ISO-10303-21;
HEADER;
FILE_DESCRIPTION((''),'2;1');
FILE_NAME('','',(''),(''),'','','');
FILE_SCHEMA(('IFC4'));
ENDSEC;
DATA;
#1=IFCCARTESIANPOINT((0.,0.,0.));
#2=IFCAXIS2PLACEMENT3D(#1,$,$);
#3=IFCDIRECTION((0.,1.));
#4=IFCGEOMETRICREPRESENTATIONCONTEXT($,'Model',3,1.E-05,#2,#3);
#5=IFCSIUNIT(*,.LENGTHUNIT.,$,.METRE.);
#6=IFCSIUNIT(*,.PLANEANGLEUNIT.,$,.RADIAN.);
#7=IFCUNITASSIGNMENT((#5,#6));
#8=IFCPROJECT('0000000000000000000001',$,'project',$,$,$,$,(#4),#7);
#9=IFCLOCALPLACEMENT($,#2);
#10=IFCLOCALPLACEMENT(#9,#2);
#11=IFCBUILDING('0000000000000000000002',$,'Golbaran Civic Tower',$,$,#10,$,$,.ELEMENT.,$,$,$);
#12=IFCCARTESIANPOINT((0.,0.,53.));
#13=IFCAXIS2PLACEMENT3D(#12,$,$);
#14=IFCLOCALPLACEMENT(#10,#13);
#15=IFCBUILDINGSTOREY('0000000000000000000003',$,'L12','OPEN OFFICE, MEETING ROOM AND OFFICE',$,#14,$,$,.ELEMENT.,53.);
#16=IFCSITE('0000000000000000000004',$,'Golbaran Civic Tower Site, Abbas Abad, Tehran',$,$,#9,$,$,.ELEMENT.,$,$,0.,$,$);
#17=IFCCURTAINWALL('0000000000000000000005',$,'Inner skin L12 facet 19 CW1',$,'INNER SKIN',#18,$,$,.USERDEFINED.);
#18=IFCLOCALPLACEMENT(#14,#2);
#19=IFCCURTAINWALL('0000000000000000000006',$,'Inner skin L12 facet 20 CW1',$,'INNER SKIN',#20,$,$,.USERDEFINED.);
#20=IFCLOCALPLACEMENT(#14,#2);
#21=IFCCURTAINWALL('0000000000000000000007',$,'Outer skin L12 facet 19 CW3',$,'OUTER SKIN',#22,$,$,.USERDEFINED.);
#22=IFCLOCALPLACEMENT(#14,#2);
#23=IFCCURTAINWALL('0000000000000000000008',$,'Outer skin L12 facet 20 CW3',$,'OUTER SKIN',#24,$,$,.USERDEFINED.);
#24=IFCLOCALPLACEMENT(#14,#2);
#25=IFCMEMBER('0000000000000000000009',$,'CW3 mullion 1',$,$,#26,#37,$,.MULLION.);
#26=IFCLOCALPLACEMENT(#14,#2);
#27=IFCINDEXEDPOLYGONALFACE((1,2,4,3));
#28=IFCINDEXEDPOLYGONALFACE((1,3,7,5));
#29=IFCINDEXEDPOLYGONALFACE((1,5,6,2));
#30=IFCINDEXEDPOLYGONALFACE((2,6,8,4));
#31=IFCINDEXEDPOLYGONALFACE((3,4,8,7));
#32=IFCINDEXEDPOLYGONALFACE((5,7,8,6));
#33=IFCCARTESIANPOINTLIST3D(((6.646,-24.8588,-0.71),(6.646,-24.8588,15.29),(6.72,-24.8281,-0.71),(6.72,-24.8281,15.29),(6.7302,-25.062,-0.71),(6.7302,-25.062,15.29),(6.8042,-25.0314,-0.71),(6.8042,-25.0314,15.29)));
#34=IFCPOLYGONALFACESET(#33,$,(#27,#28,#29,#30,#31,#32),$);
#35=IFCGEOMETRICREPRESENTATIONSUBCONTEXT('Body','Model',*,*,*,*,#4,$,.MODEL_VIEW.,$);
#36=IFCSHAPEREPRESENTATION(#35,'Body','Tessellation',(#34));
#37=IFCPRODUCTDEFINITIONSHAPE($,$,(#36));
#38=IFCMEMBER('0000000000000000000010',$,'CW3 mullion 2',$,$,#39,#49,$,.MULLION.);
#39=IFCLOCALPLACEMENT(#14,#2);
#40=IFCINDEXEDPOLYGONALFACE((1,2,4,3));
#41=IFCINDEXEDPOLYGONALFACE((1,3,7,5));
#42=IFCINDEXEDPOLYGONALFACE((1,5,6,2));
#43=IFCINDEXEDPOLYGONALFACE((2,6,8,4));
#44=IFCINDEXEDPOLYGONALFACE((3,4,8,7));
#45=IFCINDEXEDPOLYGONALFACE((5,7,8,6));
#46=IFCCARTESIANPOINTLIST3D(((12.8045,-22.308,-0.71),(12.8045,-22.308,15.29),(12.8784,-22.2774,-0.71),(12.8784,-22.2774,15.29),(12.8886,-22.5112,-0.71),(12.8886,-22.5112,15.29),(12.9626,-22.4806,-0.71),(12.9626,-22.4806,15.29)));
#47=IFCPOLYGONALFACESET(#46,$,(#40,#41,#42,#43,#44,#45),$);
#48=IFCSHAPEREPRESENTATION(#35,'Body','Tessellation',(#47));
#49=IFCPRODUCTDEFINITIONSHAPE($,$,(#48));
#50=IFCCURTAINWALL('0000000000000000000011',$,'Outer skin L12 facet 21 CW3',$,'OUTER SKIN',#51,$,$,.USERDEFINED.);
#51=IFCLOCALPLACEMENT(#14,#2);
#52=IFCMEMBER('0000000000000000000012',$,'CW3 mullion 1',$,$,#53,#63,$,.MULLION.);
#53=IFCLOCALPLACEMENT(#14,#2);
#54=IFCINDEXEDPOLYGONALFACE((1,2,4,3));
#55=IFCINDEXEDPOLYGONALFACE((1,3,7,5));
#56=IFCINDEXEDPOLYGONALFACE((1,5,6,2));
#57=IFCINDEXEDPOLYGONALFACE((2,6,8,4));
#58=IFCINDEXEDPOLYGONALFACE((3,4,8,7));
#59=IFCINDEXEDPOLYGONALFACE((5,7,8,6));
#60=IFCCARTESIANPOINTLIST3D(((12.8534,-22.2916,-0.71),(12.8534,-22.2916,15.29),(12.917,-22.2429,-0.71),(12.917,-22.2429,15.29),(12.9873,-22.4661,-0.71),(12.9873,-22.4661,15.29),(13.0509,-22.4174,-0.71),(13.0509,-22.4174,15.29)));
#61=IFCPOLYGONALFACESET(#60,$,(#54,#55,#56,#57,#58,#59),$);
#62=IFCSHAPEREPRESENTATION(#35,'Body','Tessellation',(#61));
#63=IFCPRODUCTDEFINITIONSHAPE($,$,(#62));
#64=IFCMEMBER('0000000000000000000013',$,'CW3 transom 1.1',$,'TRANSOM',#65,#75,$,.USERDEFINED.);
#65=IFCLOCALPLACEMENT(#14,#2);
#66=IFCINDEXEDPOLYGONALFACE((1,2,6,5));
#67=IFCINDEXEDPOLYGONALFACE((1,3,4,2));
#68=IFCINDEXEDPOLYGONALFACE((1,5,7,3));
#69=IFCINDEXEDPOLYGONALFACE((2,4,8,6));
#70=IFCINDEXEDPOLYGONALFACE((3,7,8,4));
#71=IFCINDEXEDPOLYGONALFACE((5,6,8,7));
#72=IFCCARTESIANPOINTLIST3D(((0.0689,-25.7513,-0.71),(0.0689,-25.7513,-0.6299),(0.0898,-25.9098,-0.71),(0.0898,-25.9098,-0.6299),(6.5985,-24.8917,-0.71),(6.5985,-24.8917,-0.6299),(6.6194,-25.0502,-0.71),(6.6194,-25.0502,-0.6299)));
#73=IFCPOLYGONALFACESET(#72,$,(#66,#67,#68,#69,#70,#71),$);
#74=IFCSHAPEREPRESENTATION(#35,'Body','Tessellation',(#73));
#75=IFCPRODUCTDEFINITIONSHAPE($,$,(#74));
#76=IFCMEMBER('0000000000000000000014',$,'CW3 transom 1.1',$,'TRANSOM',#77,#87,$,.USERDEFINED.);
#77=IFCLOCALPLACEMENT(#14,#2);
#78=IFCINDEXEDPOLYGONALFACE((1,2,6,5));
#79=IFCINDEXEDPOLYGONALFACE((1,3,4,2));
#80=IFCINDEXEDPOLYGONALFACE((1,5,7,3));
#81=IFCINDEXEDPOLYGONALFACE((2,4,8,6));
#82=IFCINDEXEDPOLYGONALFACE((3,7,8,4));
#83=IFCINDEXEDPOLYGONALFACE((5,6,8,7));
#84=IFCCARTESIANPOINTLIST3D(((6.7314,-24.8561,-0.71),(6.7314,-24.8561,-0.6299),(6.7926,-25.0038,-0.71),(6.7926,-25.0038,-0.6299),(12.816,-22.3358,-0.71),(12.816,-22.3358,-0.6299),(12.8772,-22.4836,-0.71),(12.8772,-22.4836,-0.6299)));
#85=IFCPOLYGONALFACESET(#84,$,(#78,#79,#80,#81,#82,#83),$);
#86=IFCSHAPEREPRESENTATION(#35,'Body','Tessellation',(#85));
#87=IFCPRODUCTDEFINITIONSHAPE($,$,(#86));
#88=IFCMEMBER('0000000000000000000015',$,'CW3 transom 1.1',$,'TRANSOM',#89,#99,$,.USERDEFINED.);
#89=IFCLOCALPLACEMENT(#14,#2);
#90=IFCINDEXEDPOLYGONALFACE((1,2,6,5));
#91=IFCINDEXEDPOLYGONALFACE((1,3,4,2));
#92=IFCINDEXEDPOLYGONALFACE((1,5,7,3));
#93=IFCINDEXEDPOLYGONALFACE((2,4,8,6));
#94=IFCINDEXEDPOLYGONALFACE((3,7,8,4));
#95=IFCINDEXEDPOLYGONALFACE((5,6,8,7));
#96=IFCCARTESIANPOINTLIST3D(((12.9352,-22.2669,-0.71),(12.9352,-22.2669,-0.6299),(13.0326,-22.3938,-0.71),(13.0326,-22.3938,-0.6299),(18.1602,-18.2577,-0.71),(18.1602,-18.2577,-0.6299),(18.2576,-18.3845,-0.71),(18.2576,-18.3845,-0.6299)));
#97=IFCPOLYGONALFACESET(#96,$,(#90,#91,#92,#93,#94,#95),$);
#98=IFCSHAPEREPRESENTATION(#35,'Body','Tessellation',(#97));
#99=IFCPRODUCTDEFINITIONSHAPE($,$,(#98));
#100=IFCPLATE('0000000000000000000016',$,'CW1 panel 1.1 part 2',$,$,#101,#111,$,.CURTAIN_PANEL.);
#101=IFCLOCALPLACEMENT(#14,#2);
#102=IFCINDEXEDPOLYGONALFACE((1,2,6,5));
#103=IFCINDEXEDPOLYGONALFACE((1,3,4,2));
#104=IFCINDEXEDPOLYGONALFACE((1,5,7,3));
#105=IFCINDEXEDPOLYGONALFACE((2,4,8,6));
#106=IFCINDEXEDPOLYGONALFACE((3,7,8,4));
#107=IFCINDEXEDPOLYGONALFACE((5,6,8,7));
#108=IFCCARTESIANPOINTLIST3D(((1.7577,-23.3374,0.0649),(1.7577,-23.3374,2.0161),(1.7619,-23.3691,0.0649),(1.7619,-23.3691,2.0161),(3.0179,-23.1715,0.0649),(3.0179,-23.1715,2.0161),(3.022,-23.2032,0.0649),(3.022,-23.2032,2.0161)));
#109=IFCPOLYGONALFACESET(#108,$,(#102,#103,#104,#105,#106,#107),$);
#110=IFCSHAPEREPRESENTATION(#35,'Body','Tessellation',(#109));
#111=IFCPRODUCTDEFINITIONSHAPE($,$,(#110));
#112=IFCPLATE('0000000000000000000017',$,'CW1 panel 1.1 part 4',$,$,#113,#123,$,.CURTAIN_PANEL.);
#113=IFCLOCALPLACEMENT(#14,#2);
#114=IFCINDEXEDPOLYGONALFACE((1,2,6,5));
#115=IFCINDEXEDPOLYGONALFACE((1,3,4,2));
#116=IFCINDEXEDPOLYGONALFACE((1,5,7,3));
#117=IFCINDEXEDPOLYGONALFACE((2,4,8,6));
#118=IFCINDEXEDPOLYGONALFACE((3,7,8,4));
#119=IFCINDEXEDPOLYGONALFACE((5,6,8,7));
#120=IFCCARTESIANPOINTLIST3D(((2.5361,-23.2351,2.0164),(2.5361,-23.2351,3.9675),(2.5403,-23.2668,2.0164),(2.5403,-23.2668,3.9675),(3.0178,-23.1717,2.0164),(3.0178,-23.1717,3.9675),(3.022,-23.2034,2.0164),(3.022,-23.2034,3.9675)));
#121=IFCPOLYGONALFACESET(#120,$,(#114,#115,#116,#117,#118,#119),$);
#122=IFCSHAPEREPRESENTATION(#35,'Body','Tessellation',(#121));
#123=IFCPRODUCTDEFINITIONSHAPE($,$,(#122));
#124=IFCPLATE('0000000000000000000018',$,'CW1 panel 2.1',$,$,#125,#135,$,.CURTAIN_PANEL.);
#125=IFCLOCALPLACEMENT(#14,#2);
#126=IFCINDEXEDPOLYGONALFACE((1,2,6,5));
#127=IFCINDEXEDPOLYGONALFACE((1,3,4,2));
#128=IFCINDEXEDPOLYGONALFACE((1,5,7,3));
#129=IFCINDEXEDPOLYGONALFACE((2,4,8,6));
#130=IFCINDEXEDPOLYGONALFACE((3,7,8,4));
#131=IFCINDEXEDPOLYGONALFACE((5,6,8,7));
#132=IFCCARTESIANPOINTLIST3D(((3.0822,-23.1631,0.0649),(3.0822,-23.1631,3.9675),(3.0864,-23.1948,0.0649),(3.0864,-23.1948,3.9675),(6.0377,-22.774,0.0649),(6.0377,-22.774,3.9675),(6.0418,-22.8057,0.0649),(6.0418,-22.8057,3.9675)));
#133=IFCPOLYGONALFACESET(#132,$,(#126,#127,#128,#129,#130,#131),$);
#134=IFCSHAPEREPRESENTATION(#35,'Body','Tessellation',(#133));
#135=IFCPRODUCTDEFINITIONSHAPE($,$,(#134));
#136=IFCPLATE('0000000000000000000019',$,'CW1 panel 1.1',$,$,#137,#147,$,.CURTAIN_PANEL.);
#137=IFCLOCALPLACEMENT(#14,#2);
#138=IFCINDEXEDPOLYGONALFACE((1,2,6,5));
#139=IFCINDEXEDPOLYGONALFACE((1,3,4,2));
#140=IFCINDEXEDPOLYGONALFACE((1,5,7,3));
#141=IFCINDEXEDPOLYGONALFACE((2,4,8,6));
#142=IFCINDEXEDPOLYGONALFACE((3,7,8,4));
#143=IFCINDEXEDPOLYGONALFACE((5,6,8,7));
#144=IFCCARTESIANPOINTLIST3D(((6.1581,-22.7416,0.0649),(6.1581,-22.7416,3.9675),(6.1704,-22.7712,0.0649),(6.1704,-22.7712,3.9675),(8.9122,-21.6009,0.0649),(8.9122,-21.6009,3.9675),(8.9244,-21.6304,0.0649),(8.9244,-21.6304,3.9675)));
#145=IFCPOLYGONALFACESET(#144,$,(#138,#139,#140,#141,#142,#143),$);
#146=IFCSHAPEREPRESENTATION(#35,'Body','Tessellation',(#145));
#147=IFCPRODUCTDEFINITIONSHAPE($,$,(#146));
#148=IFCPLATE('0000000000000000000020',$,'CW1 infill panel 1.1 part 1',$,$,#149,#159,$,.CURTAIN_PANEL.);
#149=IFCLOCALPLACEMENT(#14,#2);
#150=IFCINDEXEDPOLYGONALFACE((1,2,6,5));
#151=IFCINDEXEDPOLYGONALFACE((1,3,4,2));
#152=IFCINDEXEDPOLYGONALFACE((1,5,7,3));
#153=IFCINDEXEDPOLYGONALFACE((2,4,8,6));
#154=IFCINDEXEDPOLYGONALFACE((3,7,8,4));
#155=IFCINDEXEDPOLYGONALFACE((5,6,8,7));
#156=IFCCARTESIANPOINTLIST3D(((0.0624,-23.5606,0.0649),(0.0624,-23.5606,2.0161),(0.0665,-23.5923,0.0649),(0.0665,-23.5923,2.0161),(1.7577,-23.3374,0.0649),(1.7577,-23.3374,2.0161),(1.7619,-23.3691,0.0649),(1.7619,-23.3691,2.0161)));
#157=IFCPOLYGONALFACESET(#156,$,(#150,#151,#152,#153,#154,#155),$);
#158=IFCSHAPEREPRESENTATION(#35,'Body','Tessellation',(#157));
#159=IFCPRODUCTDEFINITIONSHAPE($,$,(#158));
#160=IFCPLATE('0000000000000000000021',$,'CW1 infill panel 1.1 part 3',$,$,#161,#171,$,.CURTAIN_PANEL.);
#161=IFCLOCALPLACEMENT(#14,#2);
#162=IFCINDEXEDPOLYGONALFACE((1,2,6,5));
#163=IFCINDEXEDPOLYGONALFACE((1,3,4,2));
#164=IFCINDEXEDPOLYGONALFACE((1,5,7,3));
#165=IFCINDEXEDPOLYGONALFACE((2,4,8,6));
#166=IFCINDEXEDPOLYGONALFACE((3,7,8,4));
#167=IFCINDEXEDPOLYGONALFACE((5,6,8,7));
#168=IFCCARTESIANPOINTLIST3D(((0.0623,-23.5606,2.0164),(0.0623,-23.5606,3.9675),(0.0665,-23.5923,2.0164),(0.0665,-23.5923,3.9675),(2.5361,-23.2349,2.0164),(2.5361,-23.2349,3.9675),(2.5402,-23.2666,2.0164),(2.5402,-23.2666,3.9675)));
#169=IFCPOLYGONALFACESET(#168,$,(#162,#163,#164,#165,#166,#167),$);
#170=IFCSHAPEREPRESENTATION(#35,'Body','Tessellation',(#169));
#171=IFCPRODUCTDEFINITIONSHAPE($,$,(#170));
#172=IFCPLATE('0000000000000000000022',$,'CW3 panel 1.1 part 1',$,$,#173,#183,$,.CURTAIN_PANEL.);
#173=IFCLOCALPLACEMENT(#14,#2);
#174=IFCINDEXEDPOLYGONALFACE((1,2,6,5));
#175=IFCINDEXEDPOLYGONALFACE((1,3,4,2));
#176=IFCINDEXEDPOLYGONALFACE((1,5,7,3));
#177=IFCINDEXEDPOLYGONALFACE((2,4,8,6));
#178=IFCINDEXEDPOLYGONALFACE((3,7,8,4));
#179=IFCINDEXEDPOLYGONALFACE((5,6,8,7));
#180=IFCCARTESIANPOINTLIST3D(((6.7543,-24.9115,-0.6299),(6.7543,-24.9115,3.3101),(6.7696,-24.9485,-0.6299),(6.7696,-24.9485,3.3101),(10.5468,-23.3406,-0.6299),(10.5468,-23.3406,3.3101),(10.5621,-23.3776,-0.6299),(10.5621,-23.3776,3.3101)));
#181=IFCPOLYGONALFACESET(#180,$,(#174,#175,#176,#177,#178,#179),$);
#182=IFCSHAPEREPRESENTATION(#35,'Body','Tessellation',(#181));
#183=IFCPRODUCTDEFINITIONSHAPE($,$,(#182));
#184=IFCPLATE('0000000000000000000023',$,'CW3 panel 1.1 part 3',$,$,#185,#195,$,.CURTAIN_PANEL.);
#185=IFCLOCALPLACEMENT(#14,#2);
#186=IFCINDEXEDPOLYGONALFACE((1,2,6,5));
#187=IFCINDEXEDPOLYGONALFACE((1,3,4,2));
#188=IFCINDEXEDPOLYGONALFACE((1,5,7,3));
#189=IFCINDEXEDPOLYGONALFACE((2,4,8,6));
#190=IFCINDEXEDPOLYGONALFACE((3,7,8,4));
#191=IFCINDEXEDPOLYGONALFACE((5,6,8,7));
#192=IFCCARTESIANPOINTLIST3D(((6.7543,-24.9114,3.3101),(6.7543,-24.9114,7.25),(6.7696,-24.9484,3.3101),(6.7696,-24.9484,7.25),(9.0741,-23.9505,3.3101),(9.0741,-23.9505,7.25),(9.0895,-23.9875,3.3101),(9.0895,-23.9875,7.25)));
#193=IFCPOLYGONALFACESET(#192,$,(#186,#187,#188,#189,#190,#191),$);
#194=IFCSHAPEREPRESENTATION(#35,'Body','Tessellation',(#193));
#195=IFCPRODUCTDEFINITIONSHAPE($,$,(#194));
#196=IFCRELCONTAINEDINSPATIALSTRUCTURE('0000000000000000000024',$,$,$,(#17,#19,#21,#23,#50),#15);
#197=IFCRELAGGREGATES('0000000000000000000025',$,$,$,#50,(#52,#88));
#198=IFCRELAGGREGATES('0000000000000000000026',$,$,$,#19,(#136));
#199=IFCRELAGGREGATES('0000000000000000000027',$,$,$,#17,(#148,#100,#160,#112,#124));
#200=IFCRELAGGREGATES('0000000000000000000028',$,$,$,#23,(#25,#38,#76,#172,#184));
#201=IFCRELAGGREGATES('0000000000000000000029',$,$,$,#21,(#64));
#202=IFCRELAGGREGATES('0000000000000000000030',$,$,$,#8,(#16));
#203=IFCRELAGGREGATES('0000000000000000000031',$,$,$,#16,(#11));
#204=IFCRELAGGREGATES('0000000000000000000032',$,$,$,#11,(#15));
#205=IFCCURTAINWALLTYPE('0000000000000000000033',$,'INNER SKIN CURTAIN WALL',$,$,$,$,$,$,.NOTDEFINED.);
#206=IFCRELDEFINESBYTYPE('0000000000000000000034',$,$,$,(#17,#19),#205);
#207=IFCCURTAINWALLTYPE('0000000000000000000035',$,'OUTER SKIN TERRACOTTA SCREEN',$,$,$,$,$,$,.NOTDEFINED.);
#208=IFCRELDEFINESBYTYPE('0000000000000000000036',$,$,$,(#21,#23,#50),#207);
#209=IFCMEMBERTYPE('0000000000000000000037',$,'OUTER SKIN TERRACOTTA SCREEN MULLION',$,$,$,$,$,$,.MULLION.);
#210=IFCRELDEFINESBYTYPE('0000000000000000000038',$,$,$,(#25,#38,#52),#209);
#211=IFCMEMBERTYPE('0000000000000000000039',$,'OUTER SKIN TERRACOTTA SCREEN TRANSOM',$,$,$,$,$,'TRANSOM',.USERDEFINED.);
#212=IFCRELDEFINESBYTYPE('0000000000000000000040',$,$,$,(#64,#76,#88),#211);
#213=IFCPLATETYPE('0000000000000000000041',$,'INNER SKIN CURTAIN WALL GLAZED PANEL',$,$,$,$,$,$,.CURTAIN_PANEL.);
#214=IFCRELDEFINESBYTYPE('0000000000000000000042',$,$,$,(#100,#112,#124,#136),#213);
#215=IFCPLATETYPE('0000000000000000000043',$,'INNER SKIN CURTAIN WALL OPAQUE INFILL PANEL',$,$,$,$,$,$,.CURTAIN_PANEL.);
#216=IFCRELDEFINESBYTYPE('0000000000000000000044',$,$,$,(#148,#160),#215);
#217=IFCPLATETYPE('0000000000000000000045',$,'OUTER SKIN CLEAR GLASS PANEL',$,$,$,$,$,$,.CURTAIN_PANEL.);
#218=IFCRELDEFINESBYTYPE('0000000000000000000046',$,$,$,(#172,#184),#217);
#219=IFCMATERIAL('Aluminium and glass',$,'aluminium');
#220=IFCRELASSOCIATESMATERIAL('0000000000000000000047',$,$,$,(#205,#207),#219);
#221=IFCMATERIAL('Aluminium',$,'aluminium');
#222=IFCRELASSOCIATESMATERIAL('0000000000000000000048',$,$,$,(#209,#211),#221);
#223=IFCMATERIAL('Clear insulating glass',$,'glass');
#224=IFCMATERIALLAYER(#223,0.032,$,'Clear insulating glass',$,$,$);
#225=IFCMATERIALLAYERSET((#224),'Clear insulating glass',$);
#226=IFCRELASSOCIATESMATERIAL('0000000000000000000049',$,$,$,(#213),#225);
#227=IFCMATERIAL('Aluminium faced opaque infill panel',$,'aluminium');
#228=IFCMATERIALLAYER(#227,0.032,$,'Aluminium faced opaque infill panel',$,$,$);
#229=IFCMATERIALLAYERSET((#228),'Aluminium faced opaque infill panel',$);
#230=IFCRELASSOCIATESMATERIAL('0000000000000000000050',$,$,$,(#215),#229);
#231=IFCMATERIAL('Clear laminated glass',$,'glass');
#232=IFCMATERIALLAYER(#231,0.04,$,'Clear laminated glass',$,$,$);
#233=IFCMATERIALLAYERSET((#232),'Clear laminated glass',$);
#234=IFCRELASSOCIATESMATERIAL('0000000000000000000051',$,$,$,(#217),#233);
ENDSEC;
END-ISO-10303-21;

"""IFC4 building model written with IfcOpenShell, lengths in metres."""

from ifc_helpers import new_model, si_unit, direction, frame, origin, origin_2d, place, context, subcontext, project, spatial, rectangle, extrude, material, layer, layer_set, material_profile, profile_set, type_object, element, aggregate, save


model = new_model("IFC4")

# Units and contexts
model_context = context("Model", 3, precision=1e-05, world=origin(), true_north=direction((0.0, 1.0)))
body_context = subcontext(model_context, "Body", "Model", "MODEL_VIEW")
ifc_project = project(units=[si_unit("LENGTHUNIT", "METRE"), si_unit("PLANEANGLEUNIT", "RADIAN")], contexts=[model_context])

# Site, building, storey
site_placement = place(None, origin())
site = spatial("IfcSite", under=ifc_project, at=site_placement, Name="Golbaran Civic Tower Site, Abbas Abad, Tehran", CompositionType="ELEMENT", RefElevation=0.0)
building_placement = place(site_placement, origin())
building = spatial("IfcBuilding", under=site, at=building_placement, Name="Golbaran Civic Tower", CompositionType="ELEMENT")
storey_placement = place(building_placement, frame((0.0, 0.0, 53.0)))
storey = spatial("IfcBuildingStorey", under=building, at=storey_placement, Name="L12", Description="OPEN OFFICE, MEETING ROOM AND OFFICE", CompositionType="ELEMENT", Elevation=53.0)

# Curtain wall
ifc_material_1 = material(Name="Aluminium and glass", Category="aluminium")
curtain_wall_type_1 = type_object("IfcCurtainWallType", Name="INNER SKIN CURTAIN WALL", PredefinedType="NOTDEFINED", material=ifc_material_1)
curtain_wall_1_placement = place(storey_placement, origin())
curtain_wall_1 = element("IfcCurtainWall", 1, at=curtain_wall_1_placement, inside=storey, type_object=curtain_wall_type_1, Name="Inner skin L12 facet 19 CW1", ObjectType="INNER SKIN", PredefinedType="USERDEFINED")
ifc_material_2 = material(Name="Aluminium", Category="aluminium")

# Curtain wall
curtain_wall_2_placement = place(storey_placement, origin())
curtain_wall_2 = element("IfcCurtainWall", 2, at=curtain_wall_2_placement, inside=storey, type_object=curtain_wall_type_1, Name="Inner skin L12 facet 20 CW1", ObjectType="INNER SKIN", PredefinedType="USERDEFINED")

# Curtain walls, members
curtain_wall_type_2 = type_object("IfcCurtainWallType", Name="OUTER SKIN TERRACOTTA SCREEN", PredefinedType="NOTDEFINED", material=ifc_material_1)
curtain_wall_3_placement = place(storey_placement, origin())
curtain_wall_3 = element("IfcCurtainWall", 3, at=curtain_wall_3_placement, inside=storey, type_object=curtain_wall_type_2, Name="Outer skin L12 facet 19 CW3", ObjectType="OUTER SKIN", PredefinedType="USERDEFINED")
ifc_material_profile_1 = material_profile(ifc_material_2, rectangle(XDim=0.22, YDim=0.0801, at=origin_2d()), Name="OUTER SKIN TERRACOTTA SCREEN MULLION")
ifc_profile_set_1 = profile_set([ifc_material_profile_1], Name="Aluminium")
member_type_1 = type_object("IfcMemberType", Name="OUTER SKIN TERRACOTTA SCREEN MULLION", PredefinedType="MULLION", material=ifc_profile_set_1)
curtain_wall_4_placement = place(storey_placement, origin())
curtain_wall_4 = element("IfcCurtainWall", 4, at=curtain_wall_4_placement, inside=storey, type_object=curtain_wall_type_2, Name="Outer skin L12 facet 20 CW3", ObjectType="OUTER SKIN", PredefinedType="USERDEFINED")
member_1_placement = place(storey_placement, frame((6.7251, -24.9451, -0.71), z_axis=(0.0, 0.0, 1.0), x_axis=(-0.382683, 0.92388, 0.0)))
member_1 = element("IfcMember", 5, at=member_1_placement, type_object=member_type_1, Name="CW3 mullion 1", PredefinedType="MULLION", context=body_context, shape_type="SweptSolid", body=[
    extrude(rectangle(XDim=0.22, YDim=0.0801, at=origin_2d()), origin(), (0.0, 0.0, 1.0), 16.0),
])
member_2_placement = place(storey_placement, frame((12.8835, -22.3943, -0.71), z_axis=(0.0, 0.0, 1.0), x_axis=(-0.382683, 0.92388, 0.0)))
member_2 = element("IfcMember", 6, at=member_2_placement, type_object=member_type_1, Name="CW3 mullion 2", PredefinedType="MULLION", context=body_context, shape_type="SweptSolid", body=[
    extrude(rectangle(XDim=0.22, YDim=0.0801, at=origin_2d()), origin(), (0.0, 0.0, 1.0), 16.0),
])

# Curtain wall, member
curtain_wall_5_placement = place(storey_placement, origin())
curtain_wall_5 = element("IfcCurtainWall", 7, at=curtain_wall_5_placement, inside=storey, type_object=curtain_wall_type_2, Name="Outer skin L12 facet 21 CW3", ObjectType="OUTER SKIN", PredefinedType="USERDEFINED")
member_3_placement = place(storey_placement, frame((12.9521, -22.3545, -0.71), z_axis=(0.0, 0.0, 1.0), x_axis=(-0.608761, 0.793353, 0.0)))
member_3 = element("IfcMember", 8, at=member_3_placement, type_object=member_type_1, Name="CW3 mullion 1", PredefinedType="MULLION", context=body_context, shape_type="SweptSolid", body=[
    extrude(rectangle(XDim=0.22, YDim=0.0801, at=origin_2d()), origin(), (0.0, 0.0, 1.0), 16.0),
])

# Members
ifc_material_profile_2 = material_profile(ifc_material_2, rectangle(XDim=0.1599, YDim=0.0801, at=origin_2d()), Name="OUTER SKIN TERRACOTTA SCREEN TRANSOM")
ifc_profile_set_2 = profile_set([ifc_material_profile_2], Name="Aluminium")
member_type_2 = type_object("IfcMemberType", Name="OUTER SKIN TERRACOTTA SCREEN TRANSOM", ElementType="TRANSOM", PredefinedType="USERDEFINED", material=ifc_profile_set_2)
member_4_placement = place(storey_placement, frame((0.0793, -25.8306, -0.6699), z_axis=(0.991445, 0.130525, 0.0), x_axis=(-0.130525, 0.991445, 0.0)))
member_4 = element("IfcMember", 9, at=member_4_placement, type_object=member_type_2, Name="CW3 transom 1.1", ObjectType="TRANSOM", PredefinedType="USERDEFINED", context=body_context, shape_type="SweptSolid", body=[
    extrude(rectangle(XDim=0.1599, YDim=0.0801, at=origin_2d()), origin(), (0.0, 0.0, 1.0), 6.5859),
])
member_5_placement = place(storey_placement, frame((6.762, -24.9299, -0.6699), z_axis=(0.923885, 0.382669, 0.0), x_axis=(-0.382669, 0.923885, 0.0)))
member_5 = element("IfcMember", 10, at=member_5_placement, type_object=member_type_2, Name="CW3 transom 1.1", ObjectType="TRANSOM", PredefinedType="USERDEFINED", context=body_context, shape_type="SweptSolid", body=[
    extrude(rectangle(XDim=0.1599, YDim=0.0801, at=origin_2d()), origin(), (0.0, 0.0, 1.0), 6.5859),
])
member_6_placement = place(storey_placement, frame((12.9839, -22.3303, -0.6699), z_axis=(0.793359, 0.608754, 0.0), x_axis=(-0.608754, 0.793359, 0.0)))
member_6 = element("IfcMember", 11, at=member_6_placement, type_object=member_type_2, Name="CW3 transom 1.1", ObjectType="TRANSOM", PredefinedType="USERDEFINED", context=body_context, shape_type="SweptSolid", body=[
    extrude(rectangle(XDim=0.1599, YDim=0.0801, at=origin_2d()), origin(), (0.0, 0.0, 1.0), 6.5859),
])
aggregate(curtain_wall_5, [member_3, member_6])

# Plates
ifc_material_3 = material(Name="Clear insulating glass", Category="glass")
ifc_layer_1 = layer(ifc_material_3, 0.032, Name="Clear insulating glass")
ifc_layer_set_1 = layer_set([ifc_layer_1], Name="Clear insulating glass")
plate_type_1 = type_object("IfcPlateType", Name="INNER SKIN CURTAIN WALL GLAZED PANEL", PredefinedType="CURTAIN_PANEL", material=ifc_layer_set_1)
plate_1_placement = place(storey_placement, frame((2.3899, -23.2703, 0.0649), z_axis=(0.0, 0.0, 1.0), x_axis=(0.991445, 0.130526, 0.0)))
plate_1 = element("IfcPlate", 12, at=plate_1_placement, type_object=plate_type_1, Name="CW1 panel 1.1 part 2", PredefinedType="CURTAIN_PANEL", context=body_context, shape_type="SweptSolid", body=[
    extrude(rectangle(XDim=1.271, YDim=0.032, at=origin_2d()), origin(), (0.0, 0.0, 1.0), 1.9512),
])
plate_2_placement = place(storey_placement, frame((2.7791, -23.2192, 2.0164), z_axis=(0.0, 0.0, 1.0), x_axis=(0.991445, 0.130526, 0.0)))
plate_2 = element("IfcPlate", 13, at=plate_2_placement, type_object=plate_type_1, Name="CW1 panel 1.1 part 4", PredefinedType="CURTAIN_PANEL", context=body_context, shape_type="SweptSolid", body=[
    extrude(rectangle(XDim=0.4858, YDim=0.032, at=origin_2d()), origin(), (0.0, 0.0, 1.0), 1.9512),
])
plate_3_placement = place(storey_placement, frame((4.562, -22.9844, 0.0649), z_axis=(0.0, 0.0, 1.0), x_axis=(0.991445, 0.130526, 0.0)))
plate_3 = element("IfcPlate", 14, at=plate_3_placement, type_object=plate_type_1, Name="CW1 panel 2.1", PredefinedType="CURTAIN_PANEL", context=body_context, shape_type="SweptSolid", body=[
    extrude(rectangle(XDim=2.981, YDim=0.032, at=origin_2d()), origin(), (0.0, 0.0, 1.0), 3.9026),
])
plate_4_placement = place(storey_placement, frame((7.5413, -22.186, 0.0649), z_axis=(0.0, 0.0, 1.0), x_axis=(0.92388, 0.382683, 0.0)))
plate_4 = element("IfcPlate", 15, at=plate_4_placement, type_object=plate_type_1, Name="CW1 panel 1.1", PredefinedType="CURTAIN_PANEL", context=body_context, shape_type="SweptSolid", body=[
    extrude(rectangle(XDim=2.981, YDim=0.032, at=origin_2d()), origin(), (0.0, 0.0, 1.0), 3.9026),
])
aggregate(curtain_wall_2, [plate_4])
ifc_material_4 = material(Name="Aluminium faced opaque infill panel", Category="aluminium")
ifc_layer_2 = layer(ifc_material_4, 0.032, Name="Aluminium faced opaque infill panel")
ifc_layer_set_2 = layer_set([ifc_layer_2], Name="Aluminium faced opaque infill panel")
plate_type_2 = type_object("IfcPlateType", Name="INNER SKIN CURTAIN WALL OPAQUE INFILL PANEL", PredefinedType="CURTAIN_PANEL", material=ifc_layer_set_2)
plate_5_placement = place(storey_placement, frame((0.9121, -23.4648, 0.0649), z_axis=(0.0, 0.0, 1.0), x_axis=(0.991445, 0.130526, 0.0)))
plate_5 = element("IfcPlate", 16, at=plate_5_placement, type_object=plate_type_2, Name="CW1 infill panel 1.1 part 1", PredefinedType="CURTAIN_PANEL", context=body_context, shape_type="SweptSolid", body=[
    extrude(rectangle(XDim=1.71, YDim=0.032, at=origin_2d()), origin(), (0.0, 0.0, 1.0), 1.9512),
])
plate_6_placement = place(storey_placement, frame((1.3013, -23.4136, 2.0164), z_axis=(0.0, 0.0, 1.0), x_axis=(0.991445, 0.130526, 0.0)))
plate_6 = element("IfcPlate", 17, at=plate_6_placement, type_object=plate_type_2, Name="CW1 infill panel 1.1 part 3", PredefinedType="CURTAIN_PANEL", context=body_context, shape_type="SweptSolid", body=[
    extrude(rectangle(XDim=2.4951, YDim=0.032, at=origin_2d()), origin(), (0.0, 0.0, 1.0), 1.9512),
])
aggregate(curtain_wall_1, [plate_5, plate_1, plate_6, plate_2, plate_3])
ifc_material_5 = material(Name="Clear laminated glass", Category="glass")
ifc_layer_3 = layer(ifc_material_5, 0.04, Name="Clear laminated glass")
ifc_layer_set_3 = layer_set([ifc_layer_3], Name="Clear laminated glass")
plate_type_3 = type_object("IfcPlateType", Name="OUTER SKIN CLEAR GLASS PANEL", PredefinedType="CURTAIN_PANEL", material=ifc_layer_set_3)
plate_7_placement = place(storey_placement, frame((8.6582, -24.1445, -0.6299), z_axis=(0.0, 0.0, 1.0), x_axis=(0.92388, 0.382683, 0.0)))
plate_7 = element("IfcPlate", 18, at=plate_7_placement, type_object=plate_type_3, Name="CW3 panel 1.1 part 1", PredefinedType="CURTAIN_PANEL", context=body_context, shape_type="SweptSolid", body=[
    extrude(rectangle(XDim=4.105, YDim=0.04, at=origin_2d()), origin(), (0.0, 0.0, 1.0), 3.9399),
])
plate_8_placement = place(storey_placement, frame((7.9219, -24.4495, 3.3101), z_axis=(0.0, 0.0, 1.0), x_axis=(0.92388, 0.382683, 0.0)))
plate_8 = element("IfcPlate", 19, at=plate_8_placement, type_object=plate_type_3, Name="CW3 panel 1.1 part 3", PredefinedType="CURTAIN_PANEL", context=body_context, shape_type="SweptSolid", body=[
    extrude(rectangle(XDim=2.511, YDim=0.04, at=origin_2d()), origin(), (0.0, 0.0, 1.0), 3.9399),
])
aggregate(curtain_wall_4, [member_1, member_2, member_5, plate_7, plate_8])
aggregate(curtain_wall_3, [member_4])

save(model, "model.ifc")
